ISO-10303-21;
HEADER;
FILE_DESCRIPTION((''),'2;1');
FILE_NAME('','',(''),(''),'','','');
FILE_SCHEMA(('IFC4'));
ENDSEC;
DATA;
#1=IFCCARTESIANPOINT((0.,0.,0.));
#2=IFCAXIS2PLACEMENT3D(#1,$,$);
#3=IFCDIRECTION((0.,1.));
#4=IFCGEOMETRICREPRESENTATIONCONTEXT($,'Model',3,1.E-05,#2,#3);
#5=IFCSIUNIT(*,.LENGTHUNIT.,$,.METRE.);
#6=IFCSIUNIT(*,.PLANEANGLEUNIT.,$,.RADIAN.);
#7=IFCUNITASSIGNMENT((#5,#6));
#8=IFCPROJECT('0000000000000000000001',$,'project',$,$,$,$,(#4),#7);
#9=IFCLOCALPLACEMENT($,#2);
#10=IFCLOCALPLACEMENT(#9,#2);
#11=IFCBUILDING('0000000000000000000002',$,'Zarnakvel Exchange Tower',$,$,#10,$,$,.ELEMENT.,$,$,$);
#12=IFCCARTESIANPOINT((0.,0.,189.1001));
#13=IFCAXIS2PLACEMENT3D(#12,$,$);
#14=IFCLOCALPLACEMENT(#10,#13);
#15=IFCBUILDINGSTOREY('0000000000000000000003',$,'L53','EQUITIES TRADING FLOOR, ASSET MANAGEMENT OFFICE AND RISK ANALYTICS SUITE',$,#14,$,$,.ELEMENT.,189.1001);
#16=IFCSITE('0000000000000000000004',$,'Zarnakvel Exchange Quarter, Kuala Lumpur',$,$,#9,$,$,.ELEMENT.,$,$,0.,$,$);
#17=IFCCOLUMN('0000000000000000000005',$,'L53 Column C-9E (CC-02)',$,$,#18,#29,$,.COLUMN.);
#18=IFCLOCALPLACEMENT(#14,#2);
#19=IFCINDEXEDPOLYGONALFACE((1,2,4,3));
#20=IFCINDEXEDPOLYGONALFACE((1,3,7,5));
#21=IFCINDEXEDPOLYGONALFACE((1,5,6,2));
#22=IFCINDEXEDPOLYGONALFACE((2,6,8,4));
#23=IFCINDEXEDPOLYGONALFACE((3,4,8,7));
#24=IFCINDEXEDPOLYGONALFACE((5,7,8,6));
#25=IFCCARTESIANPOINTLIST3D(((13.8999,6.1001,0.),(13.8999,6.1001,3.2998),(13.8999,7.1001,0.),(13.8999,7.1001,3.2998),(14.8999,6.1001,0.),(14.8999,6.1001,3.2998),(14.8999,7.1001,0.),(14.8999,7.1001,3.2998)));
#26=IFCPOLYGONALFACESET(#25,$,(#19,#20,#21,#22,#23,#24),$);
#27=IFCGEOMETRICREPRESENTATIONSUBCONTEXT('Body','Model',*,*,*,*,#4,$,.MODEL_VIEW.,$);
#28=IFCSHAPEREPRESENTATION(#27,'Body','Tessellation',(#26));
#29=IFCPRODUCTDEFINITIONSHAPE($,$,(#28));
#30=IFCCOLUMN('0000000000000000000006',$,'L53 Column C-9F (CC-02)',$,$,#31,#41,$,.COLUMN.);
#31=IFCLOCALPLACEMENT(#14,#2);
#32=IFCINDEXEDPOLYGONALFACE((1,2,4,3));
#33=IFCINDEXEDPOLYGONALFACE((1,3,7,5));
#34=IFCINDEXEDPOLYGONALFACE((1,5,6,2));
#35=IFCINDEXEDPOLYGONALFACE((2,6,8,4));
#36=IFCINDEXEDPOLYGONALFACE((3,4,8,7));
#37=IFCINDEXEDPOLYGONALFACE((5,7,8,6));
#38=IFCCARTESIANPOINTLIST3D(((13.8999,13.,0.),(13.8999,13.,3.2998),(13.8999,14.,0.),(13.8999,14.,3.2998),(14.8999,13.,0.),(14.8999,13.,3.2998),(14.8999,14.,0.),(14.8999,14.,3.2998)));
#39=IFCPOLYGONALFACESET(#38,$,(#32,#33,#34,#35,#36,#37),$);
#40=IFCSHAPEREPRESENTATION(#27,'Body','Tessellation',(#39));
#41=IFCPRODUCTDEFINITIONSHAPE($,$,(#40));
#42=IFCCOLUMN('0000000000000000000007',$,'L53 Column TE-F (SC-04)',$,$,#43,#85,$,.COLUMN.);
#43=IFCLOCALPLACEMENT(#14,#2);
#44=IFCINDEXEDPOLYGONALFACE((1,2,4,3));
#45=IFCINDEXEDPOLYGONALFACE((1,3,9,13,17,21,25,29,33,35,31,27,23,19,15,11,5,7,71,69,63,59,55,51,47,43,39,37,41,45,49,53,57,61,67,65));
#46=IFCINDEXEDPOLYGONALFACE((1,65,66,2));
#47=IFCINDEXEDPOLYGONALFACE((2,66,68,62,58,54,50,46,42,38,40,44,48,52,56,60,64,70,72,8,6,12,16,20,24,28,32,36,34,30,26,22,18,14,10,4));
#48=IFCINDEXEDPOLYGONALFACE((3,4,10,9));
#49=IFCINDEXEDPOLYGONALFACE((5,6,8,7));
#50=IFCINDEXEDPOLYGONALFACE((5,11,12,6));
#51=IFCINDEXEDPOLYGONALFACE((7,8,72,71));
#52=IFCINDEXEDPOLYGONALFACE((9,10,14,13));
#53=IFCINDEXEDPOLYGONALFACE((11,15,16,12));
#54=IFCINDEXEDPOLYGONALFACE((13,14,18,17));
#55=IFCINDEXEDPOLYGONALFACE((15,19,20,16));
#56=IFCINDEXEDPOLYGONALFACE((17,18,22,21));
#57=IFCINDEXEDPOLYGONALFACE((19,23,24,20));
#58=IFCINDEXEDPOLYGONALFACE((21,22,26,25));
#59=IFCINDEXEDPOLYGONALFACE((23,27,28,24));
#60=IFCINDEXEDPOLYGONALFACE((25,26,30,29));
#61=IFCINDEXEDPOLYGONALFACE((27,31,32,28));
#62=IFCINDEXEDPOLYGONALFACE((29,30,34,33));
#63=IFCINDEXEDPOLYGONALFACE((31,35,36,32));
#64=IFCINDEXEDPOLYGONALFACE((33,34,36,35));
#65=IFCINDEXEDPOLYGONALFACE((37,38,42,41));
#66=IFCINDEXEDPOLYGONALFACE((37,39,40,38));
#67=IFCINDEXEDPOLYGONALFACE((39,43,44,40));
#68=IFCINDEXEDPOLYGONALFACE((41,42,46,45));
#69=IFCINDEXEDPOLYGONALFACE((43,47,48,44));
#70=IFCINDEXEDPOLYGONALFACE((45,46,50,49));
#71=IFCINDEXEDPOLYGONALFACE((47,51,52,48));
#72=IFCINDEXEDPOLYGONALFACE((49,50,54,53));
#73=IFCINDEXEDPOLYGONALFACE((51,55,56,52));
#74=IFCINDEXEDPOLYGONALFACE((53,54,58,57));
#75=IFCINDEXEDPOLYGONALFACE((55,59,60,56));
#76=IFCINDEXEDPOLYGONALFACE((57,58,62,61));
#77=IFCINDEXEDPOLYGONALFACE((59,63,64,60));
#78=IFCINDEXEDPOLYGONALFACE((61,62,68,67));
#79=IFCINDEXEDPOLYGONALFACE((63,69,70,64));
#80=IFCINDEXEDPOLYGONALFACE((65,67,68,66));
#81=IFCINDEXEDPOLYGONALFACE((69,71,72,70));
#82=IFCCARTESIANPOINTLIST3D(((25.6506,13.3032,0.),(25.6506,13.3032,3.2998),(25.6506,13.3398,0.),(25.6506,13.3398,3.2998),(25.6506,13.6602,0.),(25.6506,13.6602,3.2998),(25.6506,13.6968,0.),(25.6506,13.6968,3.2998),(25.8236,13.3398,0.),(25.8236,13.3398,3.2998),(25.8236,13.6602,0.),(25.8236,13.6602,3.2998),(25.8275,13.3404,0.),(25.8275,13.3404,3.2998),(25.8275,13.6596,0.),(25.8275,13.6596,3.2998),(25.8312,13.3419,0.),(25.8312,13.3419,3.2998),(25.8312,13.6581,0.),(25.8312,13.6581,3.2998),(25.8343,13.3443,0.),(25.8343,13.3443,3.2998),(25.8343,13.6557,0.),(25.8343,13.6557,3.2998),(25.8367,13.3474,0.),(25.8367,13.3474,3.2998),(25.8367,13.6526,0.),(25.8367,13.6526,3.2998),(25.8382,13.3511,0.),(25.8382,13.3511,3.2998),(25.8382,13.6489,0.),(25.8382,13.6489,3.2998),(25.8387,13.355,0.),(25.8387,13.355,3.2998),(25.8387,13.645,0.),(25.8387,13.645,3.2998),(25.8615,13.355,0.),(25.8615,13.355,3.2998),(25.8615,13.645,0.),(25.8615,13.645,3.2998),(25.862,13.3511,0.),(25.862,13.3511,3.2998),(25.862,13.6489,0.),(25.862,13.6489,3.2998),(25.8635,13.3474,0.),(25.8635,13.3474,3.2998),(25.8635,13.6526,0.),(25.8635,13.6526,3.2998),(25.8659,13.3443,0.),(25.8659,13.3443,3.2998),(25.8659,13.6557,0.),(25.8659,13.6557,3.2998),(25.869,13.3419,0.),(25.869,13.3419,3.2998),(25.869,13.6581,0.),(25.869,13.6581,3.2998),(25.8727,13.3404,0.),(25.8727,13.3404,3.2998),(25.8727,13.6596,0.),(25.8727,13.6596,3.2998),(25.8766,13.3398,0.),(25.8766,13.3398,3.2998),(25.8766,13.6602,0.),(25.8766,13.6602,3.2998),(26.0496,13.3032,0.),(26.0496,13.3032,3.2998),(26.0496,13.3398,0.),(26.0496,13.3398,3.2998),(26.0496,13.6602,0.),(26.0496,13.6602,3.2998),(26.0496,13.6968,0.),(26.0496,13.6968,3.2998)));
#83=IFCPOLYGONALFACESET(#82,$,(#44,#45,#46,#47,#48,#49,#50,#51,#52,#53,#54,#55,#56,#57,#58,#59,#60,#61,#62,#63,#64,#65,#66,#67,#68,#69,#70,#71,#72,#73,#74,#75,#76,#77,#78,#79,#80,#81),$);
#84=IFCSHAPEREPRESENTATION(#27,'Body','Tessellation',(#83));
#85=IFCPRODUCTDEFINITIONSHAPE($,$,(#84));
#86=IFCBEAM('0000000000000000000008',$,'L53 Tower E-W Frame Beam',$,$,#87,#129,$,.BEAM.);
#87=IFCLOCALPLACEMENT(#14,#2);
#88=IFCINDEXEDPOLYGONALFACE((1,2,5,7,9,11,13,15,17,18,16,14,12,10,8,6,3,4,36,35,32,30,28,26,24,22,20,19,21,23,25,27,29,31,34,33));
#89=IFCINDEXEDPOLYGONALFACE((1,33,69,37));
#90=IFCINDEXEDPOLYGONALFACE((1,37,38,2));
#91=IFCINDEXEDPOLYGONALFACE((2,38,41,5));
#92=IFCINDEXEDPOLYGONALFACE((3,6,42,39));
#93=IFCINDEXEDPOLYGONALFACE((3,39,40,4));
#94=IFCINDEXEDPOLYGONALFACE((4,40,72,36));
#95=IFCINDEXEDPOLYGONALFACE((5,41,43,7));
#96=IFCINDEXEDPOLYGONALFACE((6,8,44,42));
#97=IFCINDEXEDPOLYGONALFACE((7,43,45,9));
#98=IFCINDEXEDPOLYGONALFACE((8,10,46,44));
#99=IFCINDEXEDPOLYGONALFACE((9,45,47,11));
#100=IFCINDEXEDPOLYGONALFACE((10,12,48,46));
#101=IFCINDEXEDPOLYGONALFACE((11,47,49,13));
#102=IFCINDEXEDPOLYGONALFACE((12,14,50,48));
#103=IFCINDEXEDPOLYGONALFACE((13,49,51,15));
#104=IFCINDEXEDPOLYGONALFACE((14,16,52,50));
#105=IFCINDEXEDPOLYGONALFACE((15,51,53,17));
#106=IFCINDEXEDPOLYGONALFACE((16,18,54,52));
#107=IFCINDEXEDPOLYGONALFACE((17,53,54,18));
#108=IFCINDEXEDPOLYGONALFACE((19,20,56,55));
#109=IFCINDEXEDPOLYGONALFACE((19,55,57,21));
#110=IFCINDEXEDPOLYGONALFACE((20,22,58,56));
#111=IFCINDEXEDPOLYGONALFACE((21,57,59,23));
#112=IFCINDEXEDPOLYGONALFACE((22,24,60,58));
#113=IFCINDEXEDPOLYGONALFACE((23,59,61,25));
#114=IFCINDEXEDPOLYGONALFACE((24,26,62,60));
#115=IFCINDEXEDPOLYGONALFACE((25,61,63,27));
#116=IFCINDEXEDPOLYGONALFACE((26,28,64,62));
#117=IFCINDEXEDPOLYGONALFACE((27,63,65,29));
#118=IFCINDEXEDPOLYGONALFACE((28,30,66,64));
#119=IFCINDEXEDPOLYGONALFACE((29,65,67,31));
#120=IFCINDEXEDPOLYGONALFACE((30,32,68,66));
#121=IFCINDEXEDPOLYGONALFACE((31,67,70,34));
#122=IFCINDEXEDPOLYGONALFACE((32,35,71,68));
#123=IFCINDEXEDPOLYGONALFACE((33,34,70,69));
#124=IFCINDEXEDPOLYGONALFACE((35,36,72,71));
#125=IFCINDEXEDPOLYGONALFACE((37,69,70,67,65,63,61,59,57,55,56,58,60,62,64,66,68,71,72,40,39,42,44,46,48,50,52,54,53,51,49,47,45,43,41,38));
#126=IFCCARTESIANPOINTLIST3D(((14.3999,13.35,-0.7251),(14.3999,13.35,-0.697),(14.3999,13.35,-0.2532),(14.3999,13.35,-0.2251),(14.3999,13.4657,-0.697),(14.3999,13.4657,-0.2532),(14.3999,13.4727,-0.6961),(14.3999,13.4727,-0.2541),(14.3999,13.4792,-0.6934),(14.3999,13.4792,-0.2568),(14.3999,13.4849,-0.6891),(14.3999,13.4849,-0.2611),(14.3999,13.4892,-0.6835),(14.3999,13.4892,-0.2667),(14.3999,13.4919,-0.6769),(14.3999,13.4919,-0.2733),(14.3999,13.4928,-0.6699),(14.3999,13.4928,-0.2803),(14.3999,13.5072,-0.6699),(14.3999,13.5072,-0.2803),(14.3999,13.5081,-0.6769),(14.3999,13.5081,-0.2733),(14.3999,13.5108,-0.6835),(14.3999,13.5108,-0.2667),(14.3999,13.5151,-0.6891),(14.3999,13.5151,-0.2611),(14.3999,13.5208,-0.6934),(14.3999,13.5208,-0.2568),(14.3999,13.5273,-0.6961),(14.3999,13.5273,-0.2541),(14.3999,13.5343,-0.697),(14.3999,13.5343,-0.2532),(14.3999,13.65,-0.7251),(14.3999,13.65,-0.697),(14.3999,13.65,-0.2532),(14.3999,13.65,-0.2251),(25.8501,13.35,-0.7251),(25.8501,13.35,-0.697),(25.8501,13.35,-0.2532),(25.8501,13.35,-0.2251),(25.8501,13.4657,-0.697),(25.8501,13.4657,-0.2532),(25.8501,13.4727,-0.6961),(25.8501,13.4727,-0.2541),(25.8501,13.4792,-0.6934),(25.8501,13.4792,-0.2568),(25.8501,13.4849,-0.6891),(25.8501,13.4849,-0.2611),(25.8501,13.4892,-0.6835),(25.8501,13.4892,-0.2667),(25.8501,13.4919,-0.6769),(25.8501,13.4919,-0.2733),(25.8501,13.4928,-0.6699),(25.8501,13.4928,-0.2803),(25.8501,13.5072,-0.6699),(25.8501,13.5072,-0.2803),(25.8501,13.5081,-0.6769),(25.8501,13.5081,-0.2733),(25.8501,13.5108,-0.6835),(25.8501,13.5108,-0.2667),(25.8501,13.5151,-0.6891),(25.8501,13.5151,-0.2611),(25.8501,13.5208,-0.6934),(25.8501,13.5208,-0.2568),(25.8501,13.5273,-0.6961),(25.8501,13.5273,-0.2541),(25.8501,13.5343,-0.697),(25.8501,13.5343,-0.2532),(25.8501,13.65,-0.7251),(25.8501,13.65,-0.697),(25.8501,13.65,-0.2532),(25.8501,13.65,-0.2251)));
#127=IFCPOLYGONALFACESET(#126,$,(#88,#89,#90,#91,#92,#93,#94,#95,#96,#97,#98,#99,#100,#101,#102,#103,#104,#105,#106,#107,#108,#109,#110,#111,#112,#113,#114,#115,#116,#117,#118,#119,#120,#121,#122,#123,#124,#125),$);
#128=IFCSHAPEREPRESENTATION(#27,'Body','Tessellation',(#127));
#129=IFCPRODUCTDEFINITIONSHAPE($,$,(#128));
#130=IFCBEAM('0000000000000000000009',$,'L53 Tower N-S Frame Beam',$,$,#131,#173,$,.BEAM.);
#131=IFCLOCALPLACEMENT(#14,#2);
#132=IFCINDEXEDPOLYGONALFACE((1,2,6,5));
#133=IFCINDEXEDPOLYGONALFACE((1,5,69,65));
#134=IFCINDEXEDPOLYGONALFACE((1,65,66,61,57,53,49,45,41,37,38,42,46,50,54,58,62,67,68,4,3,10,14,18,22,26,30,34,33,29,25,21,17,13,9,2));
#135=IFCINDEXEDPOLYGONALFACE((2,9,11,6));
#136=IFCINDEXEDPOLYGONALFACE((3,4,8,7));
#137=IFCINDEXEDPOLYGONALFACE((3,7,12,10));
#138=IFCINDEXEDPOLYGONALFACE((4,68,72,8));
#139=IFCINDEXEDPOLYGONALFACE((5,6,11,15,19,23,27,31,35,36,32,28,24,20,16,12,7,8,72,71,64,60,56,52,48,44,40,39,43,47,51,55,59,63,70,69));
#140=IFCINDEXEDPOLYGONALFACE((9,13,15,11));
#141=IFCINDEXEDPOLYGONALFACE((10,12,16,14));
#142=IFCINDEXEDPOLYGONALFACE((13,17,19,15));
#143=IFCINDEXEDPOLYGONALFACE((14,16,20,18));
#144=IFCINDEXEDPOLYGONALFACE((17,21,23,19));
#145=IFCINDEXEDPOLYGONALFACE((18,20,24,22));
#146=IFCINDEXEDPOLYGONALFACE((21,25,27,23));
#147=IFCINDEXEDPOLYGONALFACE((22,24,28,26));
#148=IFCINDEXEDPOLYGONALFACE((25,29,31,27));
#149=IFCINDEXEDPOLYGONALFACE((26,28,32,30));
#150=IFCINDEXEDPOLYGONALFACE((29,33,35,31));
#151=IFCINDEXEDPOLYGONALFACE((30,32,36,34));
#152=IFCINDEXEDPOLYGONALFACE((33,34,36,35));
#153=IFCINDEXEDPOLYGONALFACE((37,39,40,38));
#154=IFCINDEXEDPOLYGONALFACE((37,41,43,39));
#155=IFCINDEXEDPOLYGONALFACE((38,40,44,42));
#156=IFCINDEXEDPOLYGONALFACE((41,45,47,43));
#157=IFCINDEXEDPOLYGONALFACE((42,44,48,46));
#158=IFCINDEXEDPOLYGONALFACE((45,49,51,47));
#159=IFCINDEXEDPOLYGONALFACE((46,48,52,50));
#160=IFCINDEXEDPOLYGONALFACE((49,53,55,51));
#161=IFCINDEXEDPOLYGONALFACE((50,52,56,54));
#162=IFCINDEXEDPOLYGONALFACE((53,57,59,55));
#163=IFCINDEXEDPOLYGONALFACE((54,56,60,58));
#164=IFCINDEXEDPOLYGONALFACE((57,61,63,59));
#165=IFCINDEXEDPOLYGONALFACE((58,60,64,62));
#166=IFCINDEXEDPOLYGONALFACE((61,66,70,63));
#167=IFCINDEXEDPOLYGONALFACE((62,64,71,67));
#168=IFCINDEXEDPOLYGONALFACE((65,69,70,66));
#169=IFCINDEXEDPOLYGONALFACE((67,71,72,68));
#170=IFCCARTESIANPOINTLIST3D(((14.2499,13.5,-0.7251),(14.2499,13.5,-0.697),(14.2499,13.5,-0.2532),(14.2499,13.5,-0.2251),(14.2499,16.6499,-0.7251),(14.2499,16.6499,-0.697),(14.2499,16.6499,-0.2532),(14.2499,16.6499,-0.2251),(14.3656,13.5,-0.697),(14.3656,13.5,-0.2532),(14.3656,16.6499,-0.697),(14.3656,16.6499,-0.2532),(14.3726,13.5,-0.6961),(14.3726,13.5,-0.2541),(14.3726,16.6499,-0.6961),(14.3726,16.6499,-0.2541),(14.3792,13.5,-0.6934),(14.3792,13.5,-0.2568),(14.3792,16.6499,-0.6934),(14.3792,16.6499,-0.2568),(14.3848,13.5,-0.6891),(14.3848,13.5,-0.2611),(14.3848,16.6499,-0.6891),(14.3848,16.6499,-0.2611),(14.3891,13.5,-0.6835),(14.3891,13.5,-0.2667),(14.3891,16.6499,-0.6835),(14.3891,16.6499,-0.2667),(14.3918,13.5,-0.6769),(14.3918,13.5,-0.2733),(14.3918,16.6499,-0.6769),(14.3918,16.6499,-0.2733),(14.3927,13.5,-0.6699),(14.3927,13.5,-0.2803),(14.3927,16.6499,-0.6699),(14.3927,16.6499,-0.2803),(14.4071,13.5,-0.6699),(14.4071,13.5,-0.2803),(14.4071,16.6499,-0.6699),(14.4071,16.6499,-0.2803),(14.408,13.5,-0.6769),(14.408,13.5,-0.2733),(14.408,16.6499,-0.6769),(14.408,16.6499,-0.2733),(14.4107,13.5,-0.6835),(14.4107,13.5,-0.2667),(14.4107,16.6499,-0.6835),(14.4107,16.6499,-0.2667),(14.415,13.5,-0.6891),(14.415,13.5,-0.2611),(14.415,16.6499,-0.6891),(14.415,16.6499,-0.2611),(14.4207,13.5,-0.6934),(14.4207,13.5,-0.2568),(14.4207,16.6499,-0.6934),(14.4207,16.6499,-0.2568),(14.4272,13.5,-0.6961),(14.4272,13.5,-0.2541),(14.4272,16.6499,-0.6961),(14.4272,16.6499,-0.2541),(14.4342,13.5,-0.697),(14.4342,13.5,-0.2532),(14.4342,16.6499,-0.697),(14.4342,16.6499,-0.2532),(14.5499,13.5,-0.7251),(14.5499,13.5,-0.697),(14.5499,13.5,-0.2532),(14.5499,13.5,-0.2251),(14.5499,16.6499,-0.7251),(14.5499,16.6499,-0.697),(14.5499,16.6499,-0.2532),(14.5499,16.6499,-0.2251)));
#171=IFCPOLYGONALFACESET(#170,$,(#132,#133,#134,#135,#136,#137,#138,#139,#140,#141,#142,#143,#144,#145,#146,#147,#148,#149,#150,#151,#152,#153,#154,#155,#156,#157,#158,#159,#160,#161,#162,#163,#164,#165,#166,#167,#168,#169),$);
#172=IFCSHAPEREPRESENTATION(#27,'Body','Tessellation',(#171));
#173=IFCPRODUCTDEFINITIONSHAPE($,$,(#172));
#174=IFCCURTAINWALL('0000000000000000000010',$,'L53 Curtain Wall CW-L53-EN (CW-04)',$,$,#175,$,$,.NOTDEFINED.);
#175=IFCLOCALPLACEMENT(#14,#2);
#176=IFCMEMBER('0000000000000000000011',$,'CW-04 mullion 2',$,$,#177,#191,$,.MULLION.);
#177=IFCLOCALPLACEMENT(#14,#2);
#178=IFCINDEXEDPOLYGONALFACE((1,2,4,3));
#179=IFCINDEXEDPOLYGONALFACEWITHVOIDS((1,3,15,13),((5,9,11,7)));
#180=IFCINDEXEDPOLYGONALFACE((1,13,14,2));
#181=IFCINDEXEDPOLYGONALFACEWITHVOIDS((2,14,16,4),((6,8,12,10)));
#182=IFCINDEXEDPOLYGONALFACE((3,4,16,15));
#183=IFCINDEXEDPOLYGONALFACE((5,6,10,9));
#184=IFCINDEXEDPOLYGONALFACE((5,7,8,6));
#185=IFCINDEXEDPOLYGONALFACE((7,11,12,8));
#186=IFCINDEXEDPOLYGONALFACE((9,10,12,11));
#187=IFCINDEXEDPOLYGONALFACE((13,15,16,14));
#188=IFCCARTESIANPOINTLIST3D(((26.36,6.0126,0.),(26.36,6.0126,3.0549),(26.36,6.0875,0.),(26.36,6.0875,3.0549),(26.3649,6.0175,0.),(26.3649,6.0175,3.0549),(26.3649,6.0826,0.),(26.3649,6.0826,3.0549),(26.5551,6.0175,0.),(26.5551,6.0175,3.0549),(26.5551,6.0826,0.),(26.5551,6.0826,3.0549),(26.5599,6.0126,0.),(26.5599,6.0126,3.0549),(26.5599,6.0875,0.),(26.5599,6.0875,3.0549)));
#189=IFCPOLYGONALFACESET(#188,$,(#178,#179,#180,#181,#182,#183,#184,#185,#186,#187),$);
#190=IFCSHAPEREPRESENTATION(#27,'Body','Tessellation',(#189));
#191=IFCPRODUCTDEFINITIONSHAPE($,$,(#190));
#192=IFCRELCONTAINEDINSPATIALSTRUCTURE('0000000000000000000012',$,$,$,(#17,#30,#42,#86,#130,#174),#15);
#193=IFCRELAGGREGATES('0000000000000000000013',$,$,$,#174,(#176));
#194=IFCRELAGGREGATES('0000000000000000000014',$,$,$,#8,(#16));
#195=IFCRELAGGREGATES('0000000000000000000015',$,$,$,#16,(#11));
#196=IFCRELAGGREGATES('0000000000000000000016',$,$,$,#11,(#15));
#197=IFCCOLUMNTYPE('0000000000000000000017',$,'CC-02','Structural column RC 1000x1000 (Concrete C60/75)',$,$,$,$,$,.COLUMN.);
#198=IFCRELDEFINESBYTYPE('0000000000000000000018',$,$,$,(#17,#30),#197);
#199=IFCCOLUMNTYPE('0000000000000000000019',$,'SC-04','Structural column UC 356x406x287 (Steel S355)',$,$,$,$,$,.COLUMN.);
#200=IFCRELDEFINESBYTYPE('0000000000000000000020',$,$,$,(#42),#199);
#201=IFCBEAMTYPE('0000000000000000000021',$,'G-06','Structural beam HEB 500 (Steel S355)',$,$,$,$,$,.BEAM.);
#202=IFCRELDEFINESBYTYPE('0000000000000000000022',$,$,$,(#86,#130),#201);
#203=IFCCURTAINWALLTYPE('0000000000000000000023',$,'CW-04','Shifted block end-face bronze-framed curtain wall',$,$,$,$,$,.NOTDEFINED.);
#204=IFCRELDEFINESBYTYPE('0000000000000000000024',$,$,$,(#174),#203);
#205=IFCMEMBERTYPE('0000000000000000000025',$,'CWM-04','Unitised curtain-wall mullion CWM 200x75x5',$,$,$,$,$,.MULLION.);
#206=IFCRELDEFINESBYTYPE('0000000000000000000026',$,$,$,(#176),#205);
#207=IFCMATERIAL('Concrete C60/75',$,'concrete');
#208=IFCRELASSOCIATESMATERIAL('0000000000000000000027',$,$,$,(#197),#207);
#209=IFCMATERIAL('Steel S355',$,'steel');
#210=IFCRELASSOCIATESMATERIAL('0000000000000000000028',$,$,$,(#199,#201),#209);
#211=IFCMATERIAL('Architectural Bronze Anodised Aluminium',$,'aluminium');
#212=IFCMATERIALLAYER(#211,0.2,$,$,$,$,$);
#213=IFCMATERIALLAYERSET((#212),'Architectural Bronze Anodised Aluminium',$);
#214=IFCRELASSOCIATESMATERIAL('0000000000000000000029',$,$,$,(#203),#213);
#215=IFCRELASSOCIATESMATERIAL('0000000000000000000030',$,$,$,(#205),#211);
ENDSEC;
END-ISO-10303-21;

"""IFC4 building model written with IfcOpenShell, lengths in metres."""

from ifc_helpers import new_model, si_unit, direction, frame, origin, origin_2d, place, context, subcontext, project, spatial, rectangle, hollow_rectangle, i_section, extrude, source, transform, mapped, material, layer, layer_set, material_profile, profile_set, type_object, element, aggregate, save


model = new_model("IFC4")

# Units and contexts
model_context = context("Model", 3, precision=1e-05, world=origin(), true_north=direction((0.0, 1.0)))
body_context = subcontext(model_context, "Body", "Model", "MODEL_VIEW")
ifc_project = project(units=[si_unit("LENGTHUNIT", "METRE"), si_unit("PLANEANGLEUNIT", "RADIAN")], contexts=[model_context])

# Site, building, storey
site_placement = place(None, origin())
site = spatial("IfcSite", under=ifc_project, at=site_placement, Name="Zarnakvel Exchange Quarter, Kuala Lumpur", CompositionType="ELEMENT", RefElevation=0.0)
building_placement = place(site_placement, origin())
building = spatial("IfcBuilding", under=site, at=building_placement, Name="Zarnakvel Exchange Tower", CompositionType="ELEMENT")
storey_placement = place(building_placement, frame((0.0, 0.0, 189.1001)))
storey = spatial("IfcBuildingStorey", under=building, at=storey_placement, Name="L53", Description="EQUITIES TRADING FLOOR, ASSET MANAGEMENT OFFICE AND RISK ANALYTICS SUITE", CompositionType="ELEMENT", Elevation=189.1001)

# Columns
ifc_material_1 = material(Name="Concrete C60/75", Category="concrete")
ifc_material_profile_1 = material_profile(ifc_material_1, rectangle(XDim=1.0, YDim=1.0, at=origin_2d()))
ifc_profile_set_1 = profile_set([ifc_material_profile_1], Name="Concrete C60/75")
column_type_1 = type_object("IfcColumnType", Name="CC-02", Description="Structural column RC 1000x1000 (Concrete C60/75)", PredefinedType="COLUMN", material=ifc_profile_set_1)
for number, where, z_axis, x_axis, name in (
    (1, (14.3999, 6.6001, 0.0), (0.0, 0.0, 1.0), (1.0, 0.0, 0.0), "L53 Column C-9E (CC-02)"),
    (2, (14.3999, 13.5, 0.0), (0.0, 0.0, 1.0), (1.0, 0.0, 0.0), "L53 Column C-9F (CC-02)"),
):
    element("IfcColumn", number, at=place(storey_placement, frame(where, z_axis=z_axis, x_axis=x_axis)), inside=storey, type_object=column_type_1, Name=name, PredefinedType="COLUMN", context=body_context, shape_type="SweptSolid", body=[
        extrude(rectangle(XDim=1.0, YDim=1.0, at=origin_2d()), origin(), (0.0, 0.0, 1.0), 3.2998),
    ])
ifc_material_2 = material(Name="Steel S355", Category="steel")
ifc_material_profile_2 = material_profile(ifc_material_2, i_section(OverallWidth=0.3989, OverallDepth=0.3936, WebThickness=0.0227, FlangeThickness=0.0366, FilletRadius=0.0151, at=origin_2d()))
ifc_profile_set_2 = profile_set([ifc_material_profile_2], Name="Steel S355")
column_type_2 = type_object("IfcColumnType", Name="SC-04", Description="Structural column UC 356x406x287 (Steel S355)", PredefinedType="COLUMN", material=ifc_profile_set_2)
column_placement = place(storey_placement, frame((25.8501, 13.5, 0.0), z_axis=(0.0, 0.0, 1.0), x_axis=(1.0, 0.0, 0.0)))
element("IfcColumn", 3, at=column_placement, inside=storey, type_object=column_type_2, Name="L53 Column TE-F (SC-04)", PredefinedType="COLUMN", context=body_context, shape_type="SweptSolid", body=[
    extrude(i_section(OverallWidth=0.3989, OverallDepth=0.3936, WebThickness=0.0227, FlangeThickness=0.0366, FilletRadius=0.0151, at=origin_2d()), origin(), (0.0, 0.0, 1.0), 3.2998),
])

# Beams
ifc_material_profile_3 = material_profile(ifc_material_2, i_section(OverallWidth=0.3, OverallDepth=0.5, WebThickness=0.0144, FlangeThickness=0.0281, FilletRadius=0.0271, at=origin_2d()))
ifc_profile_set_3 = profile_set([ifc_material_profile_3], Name="Steel S355")
beam_type = type_object("IfcBeamType", Name="G-06", Description="Structural beam HEB 500 (Steel S355)", PredefinedType="BEAM", material=ifc_profile_set_3)
beam_1_placement = place(storey_placement, frame((14.3999, 13.5, -0.4751), z_axis=(1.0, 0.0, 0.0), x_axis=(0.0, 1.0, 0.0)))
element("IfcBeam", 4, at=beam_1_placement, inside=storey, type_object=beam_type, Name="L53 Tower E-W Frame Beam", PredefinedType="BEAM", context=body_context, shape_type="SweptSolid", body=[
    extrude(i_section(OverallWidth=0.3, OverallDepth=0.5, WebThickness=0.0144, FlangeThickness=0.0281, FilletRadius=0.0271, at=origin_2d()), origin(), (0.0, 0.0, 1.0), 11.4502),
])
beam_2_placement = place(storey_placement, frame((14.3999, 13.5, -0.4751), z_axis=(0.0, 1.0, 0.0), x_axis=(-1.0, 0.0, 0.0)))
element("IfcBeam", 5, at=beam_2_placement, inside=storey, type_object=beam_type, Name="L53 Tower N-S Frame Beam", PredefinedType="BEAM", context=body_context, shape_type="SweptSolid", body=[
    extrude(i_section(OverallWidth=0.3, OverallDepth=0.5, WebThickness=0.0144, FlangeThickness=0.0281, FilletRadius=0.0271, at=origin_2d()), origin(), (0.0, 0.0, 1.0), 3.1499),
])

# Curtain wall, member
ifc_material_3 = material(Name="Architectural Bronze Anodised Aluminium", Category="aluminium")
ifc_layer_1 = layer(ifc_material_3, 0.2)
ifc_layer_set_1 = layer_set([ifc_layer_1], Name="Architectural Bronze Anodised Aluminium")
curtain_wall_type = type_object("IfcCurtainWallType", Name="CW-04", Description="Shifted block end-face bronze-framed curtain wall", PredefinedType="NOTDEFINED", material=ifc_layer_set_1)
curtain_wall_placement = place(storey_placement, origin())
curtain_wall = element("IfcCurtainWall", 6, at=curtain_wall_placement, inside=storey, type_object=curtain_wall_type, Name="L53 Curtain Wall CW-L53-EN (CW-04)", PredefinedType="NOTDEFINED")
ifc_material_profile_4 = material_profile(ifc_material_3, hollow_rectangle(XDim=0.2, YDim=0.075, WallThickness=0.0049, at=origin_2d()))
ifc_profile_set_4 = profile_set([ifc_material_profile_4], Name="Architectural Bronze Anodised Aluminium")
member_type_1 = type_object("IfcMemberType", Name="CWM-04", Description="Unitised curtain-wall mullion CWM 200x75x5", PredefinedType="MULLION", material=ifc_profile_set_4)
shared_shape_1 = source(origin(), body_context, "Body", "SweptSolid", [
    extrude(hollow_rectangle(XDim=0.2, YDim=0.075, WallThickness=0.0049, at=origin_2d()), origin(), (0.0, 0.0, 1.0), 3.0549),
])
member_1_placement = place(storey_placement, frame((26.46, 6.05, 0.0), z_axis=(0.0, 0.0, 1.0), x_axis=(-1.0, 0.0, 0.0)))
member_1 = element("IfcMember", 7, at=member_1_placement, type_object=member_type_1, Name="CW-04 mullion 2", PredefinedType="MULLION", context=body_context, shape_type="MappedRepresentation", body=[
    mapped(shared_shape_1, transform((0.0, 0.0, 0.0), x_axis=(1.0, 0.0, 0.0), y_axis=(0.0, 1.0, 0.0), z_axis=(0.0, 0.0, 1.0), scale=1.0)),
])
aggregate(curtain_wall, [member_1])

save(model, "model.ifc")
